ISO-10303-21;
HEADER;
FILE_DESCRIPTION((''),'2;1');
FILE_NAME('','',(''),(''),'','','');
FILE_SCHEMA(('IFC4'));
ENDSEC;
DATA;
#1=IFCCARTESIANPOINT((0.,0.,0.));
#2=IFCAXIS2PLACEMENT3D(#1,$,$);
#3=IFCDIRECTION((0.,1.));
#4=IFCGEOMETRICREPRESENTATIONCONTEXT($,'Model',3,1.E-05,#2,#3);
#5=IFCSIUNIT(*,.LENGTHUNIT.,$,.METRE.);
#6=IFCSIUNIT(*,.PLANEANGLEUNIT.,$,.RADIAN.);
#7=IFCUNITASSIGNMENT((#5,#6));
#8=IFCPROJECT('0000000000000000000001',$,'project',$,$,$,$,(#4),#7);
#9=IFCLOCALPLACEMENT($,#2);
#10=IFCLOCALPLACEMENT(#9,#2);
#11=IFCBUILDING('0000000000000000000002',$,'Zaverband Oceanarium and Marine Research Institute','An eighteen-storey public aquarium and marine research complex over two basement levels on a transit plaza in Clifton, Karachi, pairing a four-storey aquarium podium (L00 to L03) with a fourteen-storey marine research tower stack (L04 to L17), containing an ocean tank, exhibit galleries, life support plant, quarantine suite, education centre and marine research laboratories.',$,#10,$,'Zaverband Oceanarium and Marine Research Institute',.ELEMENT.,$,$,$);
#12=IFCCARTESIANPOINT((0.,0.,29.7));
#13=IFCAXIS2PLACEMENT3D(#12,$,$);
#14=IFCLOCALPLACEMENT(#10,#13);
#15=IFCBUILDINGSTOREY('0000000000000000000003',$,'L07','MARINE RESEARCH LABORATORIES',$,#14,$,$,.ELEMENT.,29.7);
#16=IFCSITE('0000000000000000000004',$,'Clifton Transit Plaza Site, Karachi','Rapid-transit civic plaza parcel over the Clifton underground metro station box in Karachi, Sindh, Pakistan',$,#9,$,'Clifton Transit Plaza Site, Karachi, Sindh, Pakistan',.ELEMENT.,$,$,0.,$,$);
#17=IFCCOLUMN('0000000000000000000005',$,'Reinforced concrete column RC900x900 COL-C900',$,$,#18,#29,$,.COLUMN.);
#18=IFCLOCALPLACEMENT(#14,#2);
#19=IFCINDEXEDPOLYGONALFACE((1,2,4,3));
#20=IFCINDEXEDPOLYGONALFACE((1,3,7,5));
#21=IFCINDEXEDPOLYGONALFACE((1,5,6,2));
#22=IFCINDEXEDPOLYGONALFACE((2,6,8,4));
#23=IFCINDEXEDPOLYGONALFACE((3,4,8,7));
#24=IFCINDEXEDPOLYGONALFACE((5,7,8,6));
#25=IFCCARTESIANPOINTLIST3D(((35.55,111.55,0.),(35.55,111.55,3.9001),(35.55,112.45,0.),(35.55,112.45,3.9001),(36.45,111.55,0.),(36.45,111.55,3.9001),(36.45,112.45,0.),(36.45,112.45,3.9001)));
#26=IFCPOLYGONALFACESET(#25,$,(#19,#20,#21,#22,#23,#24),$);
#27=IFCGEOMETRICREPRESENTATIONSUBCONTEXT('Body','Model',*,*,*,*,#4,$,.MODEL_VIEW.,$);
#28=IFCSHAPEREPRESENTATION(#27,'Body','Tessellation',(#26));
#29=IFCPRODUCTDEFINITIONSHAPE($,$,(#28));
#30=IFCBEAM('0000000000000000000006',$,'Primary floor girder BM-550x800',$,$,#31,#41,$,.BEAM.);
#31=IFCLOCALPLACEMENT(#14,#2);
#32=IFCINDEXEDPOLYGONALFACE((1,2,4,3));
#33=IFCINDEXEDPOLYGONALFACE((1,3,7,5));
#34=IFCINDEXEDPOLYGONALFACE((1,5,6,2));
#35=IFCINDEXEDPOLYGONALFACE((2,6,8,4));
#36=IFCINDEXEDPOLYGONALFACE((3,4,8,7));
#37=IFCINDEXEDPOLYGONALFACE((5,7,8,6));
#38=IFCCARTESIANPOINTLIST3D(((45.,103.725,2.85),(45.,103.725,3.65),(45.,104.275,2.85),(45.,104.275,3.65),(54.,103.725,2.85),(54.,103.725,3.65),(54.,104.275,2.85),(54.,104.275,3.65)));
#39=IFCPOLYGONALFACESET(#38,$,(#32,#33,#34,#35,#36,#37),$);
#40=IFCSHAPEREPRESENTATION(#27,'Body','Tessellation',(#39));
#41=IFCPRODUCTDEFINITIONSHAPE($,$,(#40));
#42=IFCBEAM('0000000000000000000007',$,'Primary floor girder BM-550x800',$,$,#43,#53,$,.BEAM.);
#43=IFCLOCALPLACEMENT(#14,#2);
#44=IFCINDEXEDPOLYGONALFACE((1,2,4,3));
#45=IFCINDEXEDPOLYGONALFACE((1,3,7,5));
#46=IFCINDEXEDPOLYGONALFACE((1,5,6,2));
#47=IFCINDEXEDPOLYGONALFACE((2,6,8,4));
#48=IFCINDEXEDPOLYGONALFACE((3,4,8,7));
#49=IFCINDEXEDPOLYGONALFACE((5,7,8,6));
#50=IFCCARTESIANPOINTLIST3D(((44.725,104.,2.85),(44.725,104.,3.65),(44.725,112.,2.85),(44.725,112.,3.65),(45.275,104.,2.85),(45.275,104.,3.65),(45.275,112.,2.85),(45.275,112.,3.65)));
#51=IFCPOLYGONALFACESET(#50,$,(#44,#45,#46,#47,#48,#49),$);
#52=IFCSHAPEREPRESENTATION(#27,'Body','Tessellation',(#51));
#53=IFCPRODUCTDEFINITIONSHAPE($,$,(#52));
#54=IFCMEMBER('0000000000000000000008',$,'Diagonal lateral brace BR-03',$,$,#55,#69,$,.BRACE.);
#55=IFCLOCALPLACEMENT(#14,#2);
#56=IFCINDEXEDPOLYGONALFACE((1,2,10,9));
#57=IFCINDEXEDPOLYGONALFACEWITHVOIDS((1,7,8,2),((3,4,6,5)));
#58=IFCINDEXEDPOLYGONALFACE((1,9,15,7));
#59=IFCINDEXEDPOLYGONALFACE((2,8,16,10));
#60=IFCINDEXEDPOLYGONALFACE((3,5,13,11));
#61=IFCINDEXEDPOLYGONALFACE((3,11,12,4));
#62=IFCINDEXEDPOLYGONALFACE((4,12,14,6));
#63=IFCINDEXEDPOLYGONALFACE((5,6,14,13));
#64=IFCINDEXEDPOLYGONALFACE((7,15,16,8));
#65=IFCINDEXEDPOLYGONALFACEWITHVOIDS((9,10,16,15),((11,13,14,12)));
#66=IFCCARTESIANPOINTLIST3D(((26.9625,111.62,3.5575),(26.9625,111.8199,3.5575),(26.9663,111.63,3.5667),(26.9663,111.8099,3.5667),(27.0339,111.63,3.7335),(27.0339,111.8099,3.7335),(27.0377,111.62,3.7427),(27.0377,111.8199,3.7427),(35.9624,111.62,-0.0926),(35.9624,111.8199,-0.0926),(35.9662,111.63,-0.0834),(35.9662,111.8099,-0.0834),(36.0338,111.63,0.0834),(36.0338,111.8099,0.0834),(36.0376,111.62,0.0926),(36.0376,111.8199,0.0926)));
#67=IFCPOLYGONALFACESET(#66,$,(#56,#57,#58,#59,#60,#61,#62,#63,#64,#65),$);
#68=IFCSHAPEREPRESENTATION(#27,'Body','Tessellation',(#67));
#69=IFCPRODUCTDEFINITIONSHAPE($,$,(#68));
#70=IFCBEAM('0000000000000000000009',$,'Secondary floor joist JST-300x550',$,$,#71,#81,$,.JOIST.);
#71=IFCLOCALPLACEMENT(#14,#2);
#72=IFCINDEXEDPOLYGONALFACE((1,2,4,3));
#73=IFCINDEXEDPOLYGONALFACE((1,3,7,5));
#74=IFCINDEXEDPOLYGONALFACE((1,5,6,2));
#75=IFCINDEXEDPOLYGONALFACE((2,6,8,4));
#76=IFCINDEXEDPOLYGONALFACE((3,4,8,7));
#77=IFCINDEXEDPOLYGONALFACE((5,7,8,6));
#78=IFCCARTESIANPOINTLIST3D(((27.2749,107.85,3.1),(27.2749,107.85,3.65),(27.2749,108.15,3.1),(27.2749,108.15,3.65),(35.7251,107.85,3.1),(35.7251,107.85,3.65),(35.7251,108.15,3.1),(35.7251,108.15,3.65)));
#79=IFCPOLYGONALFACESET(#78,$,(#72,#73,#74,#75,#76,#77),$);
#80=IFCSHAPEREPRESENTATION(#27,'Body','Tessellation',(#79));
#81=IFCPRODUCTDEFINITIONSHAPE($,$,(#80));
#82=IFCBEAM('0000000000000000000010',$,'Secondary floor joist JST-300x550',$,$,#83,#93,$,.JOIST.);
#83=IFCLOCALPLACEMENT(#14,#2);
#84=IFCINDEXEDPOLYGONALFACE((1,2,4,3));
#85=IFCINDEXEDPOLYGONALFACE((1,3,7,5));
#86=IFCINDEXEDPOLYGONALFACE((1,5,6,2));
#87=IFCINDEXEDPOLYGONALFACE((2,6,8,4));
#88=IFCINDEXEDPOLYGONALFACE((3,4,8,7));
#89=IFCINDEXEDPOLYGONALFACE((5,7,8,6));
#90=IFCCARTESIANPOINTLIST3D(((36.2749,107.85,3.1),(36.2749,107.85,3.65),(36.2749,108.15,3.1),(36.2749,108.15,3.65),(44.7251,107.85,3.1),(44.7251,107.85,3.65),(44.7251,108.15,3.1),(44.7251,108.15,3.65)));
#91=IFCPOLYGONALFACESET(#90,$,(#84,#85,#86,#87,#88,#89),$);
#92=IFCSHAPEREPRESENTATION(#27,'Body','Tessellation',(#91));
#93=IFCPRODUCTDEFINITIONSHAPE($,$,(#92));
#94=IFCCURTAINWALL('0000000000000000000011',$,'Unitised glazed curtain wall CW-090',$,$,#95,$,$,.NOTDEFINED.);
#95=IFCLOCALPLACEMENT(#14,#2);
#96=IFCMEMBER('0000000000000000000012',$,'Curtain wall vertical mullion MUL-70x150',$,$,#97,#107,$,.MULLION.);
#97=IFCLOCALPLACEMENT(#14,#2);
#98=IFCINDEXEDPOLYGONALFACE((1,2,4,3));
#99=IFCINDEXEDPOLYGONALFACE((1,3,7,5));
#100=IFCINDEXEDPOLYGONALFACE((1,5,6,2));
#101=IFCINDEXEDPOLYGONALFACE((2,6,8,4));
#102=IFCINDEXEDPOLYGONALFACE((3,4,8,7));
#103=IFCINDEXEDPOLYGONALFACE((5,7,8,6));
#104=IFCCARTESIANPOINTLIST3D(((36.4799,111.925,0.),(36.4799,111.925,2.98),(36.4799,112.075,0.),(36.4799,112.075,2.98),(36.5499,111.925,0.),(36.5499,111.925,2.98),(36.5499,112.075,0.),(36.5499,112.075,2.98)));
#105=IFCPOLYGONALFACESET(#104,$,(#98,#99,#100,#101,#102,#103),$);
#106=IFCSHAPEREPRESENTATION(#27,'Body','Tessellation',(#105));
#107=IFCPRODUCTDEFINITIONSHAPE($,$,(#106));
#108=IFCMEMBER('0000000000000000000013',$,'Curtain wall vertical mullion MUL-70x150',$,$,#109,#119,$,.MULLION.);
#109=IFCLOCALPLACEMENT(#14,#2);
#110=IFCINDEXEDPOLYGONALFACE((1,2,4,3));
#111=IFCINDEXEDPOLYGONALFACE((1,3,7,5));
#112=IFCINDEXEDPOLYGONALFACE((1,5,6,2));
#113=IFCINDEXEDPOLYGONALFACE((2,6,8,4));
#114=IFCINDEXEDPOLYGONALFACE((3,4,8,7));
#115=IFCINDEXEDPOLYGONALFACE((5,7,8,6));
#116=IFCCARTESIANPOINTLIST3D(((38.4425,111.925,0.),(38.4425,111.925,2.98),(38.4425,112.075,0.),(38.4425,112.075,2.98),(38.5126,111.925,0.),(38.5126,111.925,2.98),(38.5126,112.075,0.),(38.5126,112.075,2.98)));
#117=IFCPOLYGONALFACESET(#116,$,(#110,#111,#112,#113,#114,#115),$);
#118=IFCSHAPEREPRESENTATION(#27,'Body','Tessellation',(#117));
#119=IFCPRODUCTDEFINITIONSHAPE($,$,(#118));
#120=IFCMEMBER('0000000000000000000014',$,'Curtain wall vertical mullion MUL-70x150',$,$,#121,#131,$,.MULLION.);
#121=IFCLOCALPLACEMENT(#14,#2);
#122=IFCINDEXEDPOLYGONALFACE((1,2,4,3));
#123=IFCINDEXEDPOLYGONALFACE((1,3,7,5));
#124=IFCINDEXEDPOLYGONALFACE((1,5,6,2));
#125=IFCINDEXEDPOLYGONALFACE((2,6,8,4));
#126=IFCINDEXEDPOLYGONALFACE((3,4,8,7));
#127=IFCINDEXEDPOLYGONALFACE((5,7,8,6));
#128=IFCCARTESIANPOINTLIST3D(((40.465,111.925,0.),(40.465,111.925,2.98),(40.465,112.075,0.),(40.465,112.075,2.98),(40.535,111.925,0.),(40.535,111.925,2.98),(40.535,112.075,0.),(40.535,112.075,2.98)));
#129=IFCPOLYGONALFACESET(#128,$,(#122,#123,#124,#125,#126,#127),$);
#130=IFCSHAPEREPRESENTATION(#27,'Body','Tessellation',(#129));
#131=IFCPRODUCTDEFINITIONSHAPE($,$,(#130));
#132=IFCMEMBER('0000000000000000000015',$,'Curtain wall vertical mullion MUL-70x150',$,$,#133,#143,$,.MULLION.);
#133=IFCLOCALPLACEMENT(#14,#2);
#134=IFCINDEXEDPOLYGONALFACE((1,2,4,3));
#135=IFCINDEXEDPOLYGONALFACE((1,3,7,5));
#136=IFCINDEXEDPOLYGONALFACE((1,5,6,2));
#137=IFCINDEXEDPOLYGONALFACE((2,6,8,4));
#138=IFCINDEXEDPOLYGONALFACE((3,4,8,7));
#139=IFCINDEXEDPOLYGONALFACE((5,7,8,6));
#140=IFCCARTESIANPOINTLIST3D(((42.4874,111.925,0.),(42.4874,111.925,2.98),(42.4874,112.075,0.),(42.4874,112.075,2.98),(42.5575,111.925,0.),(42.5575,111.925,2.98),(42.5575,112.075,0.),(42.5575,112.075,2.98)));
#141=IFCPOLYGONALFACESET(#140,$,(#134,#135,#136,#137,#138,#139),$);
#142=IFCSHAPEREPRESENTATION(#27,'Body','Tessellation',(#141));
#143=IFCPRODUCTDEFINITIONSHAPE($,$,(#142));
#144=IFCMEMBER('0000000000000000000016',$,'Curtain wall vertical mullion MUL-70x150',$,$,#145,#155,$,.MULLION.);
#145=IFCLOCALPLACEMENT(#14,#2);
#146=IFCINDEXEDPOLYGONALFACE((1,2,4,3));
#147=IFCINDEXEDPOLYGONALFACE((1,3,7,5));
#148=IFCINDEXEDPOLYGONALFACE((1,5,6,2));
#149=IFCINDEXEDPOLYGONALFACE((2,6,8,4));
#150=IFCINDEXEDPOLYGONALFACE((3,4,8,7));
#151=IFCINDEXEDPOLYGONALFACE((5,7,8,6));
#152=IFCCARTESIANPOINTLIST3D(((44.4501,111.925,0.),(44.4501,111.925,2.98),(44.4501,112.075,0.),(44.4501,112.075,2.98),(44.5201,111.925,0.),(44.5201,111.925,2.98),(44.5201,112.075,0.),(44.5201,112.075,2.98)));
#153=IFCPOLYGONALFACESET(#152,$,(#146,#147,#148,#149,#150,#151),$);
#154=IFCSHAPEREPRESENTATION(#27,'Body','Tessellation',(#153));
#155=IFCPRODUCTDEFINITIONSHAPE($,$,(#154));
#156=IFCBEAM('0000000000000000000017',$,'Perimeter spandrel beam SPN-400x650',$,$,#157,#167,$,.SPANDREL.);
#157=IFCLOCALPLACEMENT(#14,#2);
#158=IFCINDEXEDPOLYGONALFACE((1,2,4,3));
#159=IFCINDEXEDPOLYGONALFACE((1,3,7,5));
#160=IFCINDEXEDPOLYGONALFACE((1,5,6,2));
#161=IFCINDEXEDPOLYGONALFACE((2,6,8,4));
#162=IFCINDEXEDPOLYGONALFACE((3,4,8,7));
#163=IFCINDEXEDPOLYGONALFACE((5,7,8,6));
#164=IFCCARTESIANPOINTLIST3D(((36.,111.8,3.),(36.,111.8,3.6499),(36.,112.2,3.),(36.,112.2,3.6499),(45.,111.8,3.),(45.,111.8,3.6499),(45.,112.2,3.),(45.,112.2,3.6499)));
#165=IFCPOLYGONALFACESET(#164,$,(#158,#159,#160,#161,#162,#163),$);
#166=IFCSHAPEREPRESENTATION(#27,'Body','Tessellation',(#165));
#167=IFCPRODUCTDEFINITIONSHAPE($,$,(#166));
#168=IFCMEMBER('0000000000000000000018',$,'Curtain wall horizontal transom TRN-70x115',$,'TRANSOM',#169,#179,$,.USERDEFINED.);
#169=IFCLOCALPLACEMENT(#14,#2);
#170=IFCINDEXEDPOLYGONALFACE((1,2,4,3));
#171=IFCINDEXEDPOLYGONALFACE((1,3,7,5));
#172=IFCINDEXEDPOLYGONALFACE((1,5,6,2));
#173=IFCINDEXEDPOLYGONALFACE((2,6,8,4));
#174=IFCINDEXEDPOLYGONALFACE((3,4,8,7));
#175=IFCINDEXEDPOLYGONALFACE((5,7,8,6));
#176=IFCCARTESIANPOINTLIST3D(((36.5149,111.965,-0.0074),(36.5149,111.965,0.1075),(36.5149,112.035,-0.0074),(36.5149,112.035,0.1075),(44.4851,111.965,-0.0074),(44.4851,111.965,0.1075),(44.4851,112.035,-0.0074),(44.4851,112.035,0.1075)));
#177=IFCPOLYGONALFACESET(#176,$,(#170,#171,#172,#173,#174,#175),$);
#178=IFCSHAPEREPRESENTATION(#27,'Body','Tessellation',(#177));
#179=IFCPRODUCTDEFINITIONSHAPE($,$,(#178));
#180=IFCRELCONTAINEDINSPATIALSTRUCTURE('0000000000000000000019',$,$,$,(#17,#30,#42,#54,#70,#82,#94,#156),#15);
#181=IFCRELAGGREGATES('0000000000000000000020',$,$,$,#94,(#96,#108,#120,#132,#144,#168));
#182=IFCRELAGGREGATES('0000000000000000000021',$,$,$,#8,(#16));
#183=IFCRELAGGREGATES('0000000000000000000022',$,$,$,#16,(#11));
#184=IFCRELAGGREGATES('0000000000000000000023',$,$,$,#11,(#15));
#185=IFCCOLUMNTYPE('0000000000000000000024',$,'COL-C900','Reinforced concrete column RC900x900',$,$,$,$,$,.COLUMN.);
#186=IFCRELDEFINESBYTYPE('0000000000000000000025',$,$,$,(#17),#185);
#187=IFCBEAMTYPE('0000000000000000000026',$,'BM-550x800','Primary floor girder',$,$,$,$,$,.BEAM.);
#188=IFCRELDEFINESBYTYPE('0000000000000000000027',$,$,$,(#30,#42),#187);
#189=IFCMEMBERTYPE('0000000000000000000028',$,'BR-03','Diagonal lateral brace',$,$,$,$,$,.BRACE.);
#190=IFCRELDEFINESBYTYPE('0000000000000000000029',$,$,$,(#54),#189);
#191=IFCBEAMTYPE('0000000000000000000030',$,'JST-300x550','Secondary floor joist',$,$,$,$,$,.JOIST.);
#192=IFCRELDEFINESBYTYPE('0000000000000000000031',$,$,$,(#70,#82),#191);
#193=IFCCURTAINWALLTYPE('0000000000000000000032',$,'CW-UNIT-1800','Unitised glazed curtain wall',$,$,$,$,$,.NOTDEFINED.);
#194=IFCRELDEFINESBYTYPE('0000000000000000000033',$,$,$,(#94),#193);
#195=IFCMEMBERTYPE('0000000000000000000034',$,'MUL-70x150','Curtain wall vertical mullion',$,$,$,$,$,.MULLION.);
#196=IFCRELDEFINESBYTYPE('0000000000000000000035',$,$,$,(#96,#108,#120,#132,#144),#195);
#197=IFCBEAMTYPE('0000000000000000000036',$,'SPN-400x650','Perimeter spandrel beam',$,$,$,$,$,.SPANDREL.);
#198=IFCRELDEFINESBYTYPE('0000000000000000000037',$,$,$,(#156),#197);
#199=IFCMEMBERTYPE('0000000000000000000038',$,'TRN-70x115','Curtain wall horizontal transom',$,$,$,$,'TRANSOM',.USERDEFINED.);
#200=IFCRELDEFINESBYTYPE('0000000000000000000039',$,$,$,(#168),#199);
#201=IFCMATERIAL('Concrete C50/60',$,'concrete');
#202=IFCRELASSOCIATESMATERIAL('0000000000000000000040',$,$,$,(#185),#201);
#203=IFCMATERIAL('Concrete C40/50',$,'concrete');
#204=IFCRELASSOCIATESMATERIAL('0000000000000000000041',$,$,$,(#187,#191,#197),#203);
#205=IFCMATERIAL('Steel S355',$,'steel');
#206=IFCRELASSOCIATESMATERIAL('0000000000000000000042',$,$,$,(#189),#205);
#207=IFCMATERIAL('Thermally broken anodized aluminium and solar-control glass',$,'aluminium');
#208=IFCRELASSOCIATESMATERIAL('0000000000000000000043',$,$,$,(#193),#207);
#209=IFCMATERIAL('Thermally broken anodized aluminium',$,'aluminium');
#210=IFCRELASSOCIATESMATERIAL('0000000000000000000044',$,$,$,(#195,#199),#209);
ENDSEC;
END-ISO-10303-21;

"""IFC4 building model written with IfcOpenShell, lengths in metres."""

from ifc_helpers import new_model, si_unit, direction, frame, origin, origin_2d, place, context, subcontext, project, spatial, rectangle, hollow_rectangle, extrude, material, material_profile, profile_set, type_object, element, aggregate, save


model = new_model("IFC4")

# Units and contexts
model_context = context("Model", 3, precision=1e-05, world=origin(), true_north=direction((0.0, 1.0)))
body_context = subcontext(model_context, "Body", "Model", "MODEL_VIEW")
ifc_project = project(units=[si_unit("LENGTHUNIT", "METRE"), si_unit("PLANEANGLEUNIT", "RADIAN")], contexts=[model_context])

# Site, building, storey
site_placement = place(None, origin())
site = spatial("IfcSite", under=ifc_project, at=site_placement, Name="Clifton Transit Plaza Site, Karachi", Description="Rapid-transit civic plaza parcel over the Clifton underground metro station box in Karachi, Sindh, Pakistan", LongName="Clifton Transit Plaza Site, Karachi, Sindh, Pakistan", CompositionType="ELEMENT", RefElevation=0.0)
building_placement = place(site_placement, origin())
building = spatial("IfcBuilding", under=site, at=building_placement, Name="Zaverband Oceanarium and Marine Research Institute", Description="An eighteen-storey public aquarium and marine research complex over two basement levels on a transit plaza in Clifton, Karachi, pairing a four-storey aquarium podium (L00 to L03) with a fourteen-storey marine research tower stack (L04 to L17), containing an ocean tank, exhibit galleries, life support plant, quarantine suite, education centre and marine research laboratories.", LongName="Zaverband Oceanarium and Marine Research Institute", CompositionType="ELEMENT")
storey_placement = place(building_placement, frame((0.0, 0.0, 29.7)))
storey = spatial("IfcBuildingStorey", under=building, at=storey_placement, Name="L07", Description="MARINE RESEARCH LABORATORIES", CompositionType="ELEMENT", Elevation=29.7)

# Column
ifc_material_1 = material(Name="Concrete C50/60", Category="concrete")
ifc_material_profile_1 = material_profile(ifc_material_1, rectangle(XDim=0.8999, YDim=0.8999, at=origin_2d()), Name="RC900x900")
ifc_profile_set_1 = profile_set([ifc_material_profile_1], Name="Concrete C50/60")
column_type = type_object("IfcColumnType", Name="COL-C900", Description="Reinforced concrete column RC900x900", PredefinedType="COLUMN", material=ifc_profile_set_1)
column_placement = place(storey_placement, frame((36.0, 112.0, 0.0), z_axis=(0.0, 0.0, 1.0), x_axis=(1.0, 0.0, 0.0)))
element("IfcColumn", 1, at=column_placement, inside=storey, type_object=column_type, Name="Reinforced concrete column RC900x900 COL-C900", PredefinedType="COLUMN", context=body_context, shape_type="SweptSolid", body=[
    extrude(rectangle(XDim=0.8999, YDim=0.8999, at=origin_2d()), origin(), (0.0, 0.0, 1.0), 3.9001),
])

# Beams
ifc_material_2 = material(Name="Concrete C40/50", Category="concrete")
ifc_material_profile_2 = material_profile(ifc_material_2, rectangle(XDim=0.55, YDim=0.8, at=origin_2d()), Name="RC550x800")
ifc_profile_set_2 = profile_set([ifc_material_profile_2], Name="Concrete C40/50")
beam_type_1 = type_object("IfcBeamType", Name="BM-550x800", Description="Primary floor girder", PredefinedType="BEAM", material=ifc_profile_set_2)
beam_1_placement = place(storey_placement, frame((45.0, 104.0, 3.25), z_axis=(1.0, 0.0, 0.0), x_axis=(0.0, 1.0, 0.0)))
element("IfcBeam", 2, at=beam_1_placement, inside=storey, type_object=beam_type_1, Name="Primary floor girder BM-550x800", PredefinedType="BEAM", context=body_context, shape_type="SweptSolid", body=[
    extrude(rectangle(XDim=0.55, YDim=0.8, at=origin_2d()), origin(), (0.0, 0.0, 1.0), 9.0),
])
beam_2_placement = place(storey_placement, frame((45.0, 104.0, 3.25), z_axis=(0.0, 1.0, 0.0), x_axis=(-1.0, 0.0, 0.0)))
element("IfcBeam", 3, at=beam_2_placement, inside=storey, type_object=beam_type_1, Name="Primary floor girder BM-550x800", PredefinedType="BEAM", context=body_context, shape_type="SweptSolid", body=[
    extrude(rectangle(XDim=0.55, YDim=0.8, at=origin_2d()), origin(), (0.0, 0.0, 1.0), 8.0),
])

# Member
ifc_material_3 = material(Name="Steel S355", Category="steel")
ifc_material_profile_3 = material_profile(ifc_material_3, hollow_rectangle(XDim=0.2, YDim=0.2, WallThickness=0.01, at=origin_2d()), Name="SHS200x200x10")
ifc_profile_set_3 = profile_set([ifc_material_profile_3], Name="Steel S355")
member_type_1 = type_object("IfcMemberType", Name="BR-03", Description="Diagonal lateral brace", PredefinedType="BRACE", material=ifc_profile_set_3)
member_1_placement = place(storey_placement, frame((36.0, 111.72, 0.0), z_axis=(-0.926686, 0.0, 0.375838), x_axis=(0.0, -1.0, 0.0)))
element("IfcMember", 4, at=member_1_placement, inside=storey, type_object=member_type_1, Name="Diagonal lateral brace BR-03", PredefinedType="BRACE", context=body_context, shape_type="SweptSolid", body=[
    extrude(hollow_rectangle(XDim=0.2, YDim=0.2, WallThickness=0.01, at=origin_2d()), origin(), (0.0, 0.0, 1.0), 9.7119),
])

# Beams
ifc_material_profile_4 = material_profile(ifc_material_2, rectangle(XDim=0.3, YDim=0.55, at=origin_2d()), Name="RC300x550")
ifc_profile_set_4 = profile_set([ifc_material_profile_4], Name="Concrete C40/50")
beam_type_2 = type_object("IfcBeamType", Name="JST-300x550", Description="Secondary floor joist", PredefinedType="JOIST", material=ifc_profile_set_4)
for number, where, z_axis, x_axis, name in (
    (5, (27.2749, 108.0, 3.375), (1.0, 0.0, 0.0), (0.0, 1.0, 0.0), "Secondary floor joist JST-300x550"),
    (6, (36.2749, 108.0, 3.375), (1.0, 0.0, 0.0), (0.0, 1.0, 0.0), "Secondary floor joist JST-300x550"),
):
    element("IfcBeam", number, at=place(storey_placement, frame(where, z_axis=z_axis, x_axis=x_axis)), inside=storey, type_object=beam_type_2, Name=name, PredefinedType="JOIST", context=body_context, shape_type="SweptSolid", body=[
        extrude(rectangle(XDim=0.3, YDim=0.55, at=origin_2d()), origin(), (0.0, 0.0, 1.0), 8.4502),
    ])

# Curtain wall, members
ifc_material_4 = material(Name="Thermally broken anodized aluminium and solar-control glass", Category="aluminium")
curtain_wall_type = type_object("IfcCurtainWallType", Name="CW-UNIT-1800", Description="Unitised glazed curtain wall", PredefinedType="NOTDEFINED", material=ifc_material_4)
curtain_wall_placement = place(storey_placement, origin())
curtain_wall = element("IfcCurtainWall", 7, at=curtain_wall_placement, inside=storey, type_object=curtain_wall_type, Name="Unitised glazed curtain wall CW-090", PredefinedType="NOTDEFINED")
ifc_material_5 = material(Name="Thermally broken anodized aluminium", Category="aluminium")
ifc_material_profile_5 = material_profile(ifc_material_5, rectangle(XDim=0.0701, YDim=0.1499, at=origin_2d()), Name="AL-MUL-70x150")
ifc_profile_set_5 = profile_set([ifc_material_profile_5], Name="Thermally broken anodized aluminium")
member_type_2 = type_object("IfcMemberType", Name="MUL-70x150", Description="Curtain wall vertical mullion", PredefinedType="MULLION", material=ifc_profile_set_5)
member_2_placement = place(storey_placement, frame((36.5149, 112.0, 0.0), z_axis=(0.0, 0.0, 1.0), x_axis=(1.0, 0.0, 0.0)))
member_2 = element("IfcMember", 8, at=member_2_placement, type_object=member_type_2, Name="Curtain wall vertical mullion MUL-70x150", PredefinedType="MULLION", context=body_context, shape_type="SweptSolid", body=[
    extrude(rectangle(XDim=0.0701, YDim=0.1499, at=origin_2d()), origin(), (0.0, 0.0, 1.0), 2.98),
])
member_3_placement = place(storey_placement, frame((38.4775, 112.0, 0.0), z_axis=(0.0, 0.0, 1.0), x_axis=(1.0, 0.0, 0.0)))
member_3 = element("IfcMember", 9, at=member_3_placement, type_object=member_type_2, Name="Curtain wall vertical mullion MUL-70x150", PredefinedType="MULLION", context=body_context, shape_type="SweptSolid", body=[
    extrude(rectangle(XDim=0.0701, YDim=0.1499, at=origin_2d()), origin(), (0.0, 0.0, 1.0), 2.98),
])
member_4_placement = place(storey_placement, frame((40.5, 112.0, 0.0), z_axis=(0.0, 0.0, 1.0), x_axis=(1.0, 0.0, 0.0)))
member_4 = element("IfcMember", 10, at=member_4_placement, type_object=member_type_2, Name="Curtain wall vertical mullion MUL-70x150", PredefinedType="MULLION", context=body_context, shape_type="SweptSolid", body=[
    extrude(rectangle(XDim=0.0701, YDim=0.1499, at=origin_2d()), origin(), (0.0, 0.0, 1.0), 2.98),
])
member_5_placement = place(storey_placement, frame((42.5225, 112.0, 0.0), z_axis=(0.0, 0.0, 1.0), x_axis=(1.0, 0.0, 0.0)))
member_5 = element("IfcMember", 11, at=member_5_placement, type_object=member_type_2, Name="Curtain wall vertical mullion MUL-70x150", PredefinedType="MULLION", context=body_context, shape_type="SweptSolid", body=[
    extrude(rectangle(XDim=0.0701, YDim=0.1499, at=origin_2d()), origin(), (0.0, 0.0, 1.0), 2.98),
])
member_6_placement = place(storey_placement, frame((44.4851, 112.0, 0.0), z_axis=(0.0, 0.0, 1.0), x_axis=(1.0, 0.0, 0.0)))
member_6 = element("IfcMember", 12, at=member_6_placement, type_object=member_type_2, Name="Curtain wall vertical mullion MUL-70x150", PredefinedType="MULLION", context=body_context, shape_type="SweptSolid", body=[
    extrude(rectangle(XDim=0.0701, YDim=0.1499, at=origin_2d()), origin(), (0.0, 0.0, 1.0), 2.98),
])

# Beam
ifc_material_profile_6 = material_profile(ifc_material_2, rectangle(XDim=0.3999, YDim=0.6499, at=origin_2d()), Name="RC400x650")
ifc_profile_set_6 = profile_set([ifc_material_profile_6], Name="Concrete C40/50")
beam_type_3 = type_object("IfcBeamType", Name="SPN-400x650", Description="Perimeter spandrel beam", PredefinedType="SPANDREL", material=ifc_profile_set_6)
beam_3_placement = place(storey_placement, frame((36.0, 112.0, 3.325), z_axis=(1.0, 0.0, 0.0), x_axis=(0.0, 1.0, 0.0)))
element("IfcBeam", 13, at=beam_3_placement, inside=storey, type_object=beam_type_3, Name="Perimeter spandrel beam SPN-400x650", PredefinedType="SPANDREL", context=body_context, shape_type="SweptSolid", body=[
    extrude(rectangle(XDim=0.3999, YDim=0.6499, at=origin_2d()), origin(), (0.0, 0.0, 1.0), 9.0),
])

# Member
ifc_material_profile_7 = material_profile(ifc_material_5, rectangle(XDim=0.0701, YDim=0.115, at=origin_2d()), Name="AL-TRN-70x115")
ifc_profile_set_7 = profile_set([ifc_material_profile_7], Name="Thermally broken anodized aluminium")
member_type_3 = type_object("IfcMemberType", Name="TRN-70x115", Description="Curtain wall horizontal transom", ElementType="TRANSOM", PredefinedType="USERDEFINED", material=ifc_profile_set_7)
member_7_placement = place(storey_placement, frame((36.5149, 112.0, 0.05), z_axis=(1.0, 0.0, 0.0), x_axis=(0.0, 1.0, 0.0)))
member_7 = element("IfcMember", 14, at=member_7_placement, type_object=member_type_3, Name="Curtain wall horizontal transom TRN-70x115", ObjectType="TRANSOM", PredefinedType="USERDEFINED", context=body_context, shape_type="SweptSolid", body=[
    extrude(rectangle(XDim=0.0701, YDim=0.115, at=origin_2d()), origin(), (0.0, 0.0, 1.0), 7.9702),
])

aggregate(curtain_wall, [member_2, member_3, member_4, member_5, member_6, member_7])

save(model, "model.ifc")
